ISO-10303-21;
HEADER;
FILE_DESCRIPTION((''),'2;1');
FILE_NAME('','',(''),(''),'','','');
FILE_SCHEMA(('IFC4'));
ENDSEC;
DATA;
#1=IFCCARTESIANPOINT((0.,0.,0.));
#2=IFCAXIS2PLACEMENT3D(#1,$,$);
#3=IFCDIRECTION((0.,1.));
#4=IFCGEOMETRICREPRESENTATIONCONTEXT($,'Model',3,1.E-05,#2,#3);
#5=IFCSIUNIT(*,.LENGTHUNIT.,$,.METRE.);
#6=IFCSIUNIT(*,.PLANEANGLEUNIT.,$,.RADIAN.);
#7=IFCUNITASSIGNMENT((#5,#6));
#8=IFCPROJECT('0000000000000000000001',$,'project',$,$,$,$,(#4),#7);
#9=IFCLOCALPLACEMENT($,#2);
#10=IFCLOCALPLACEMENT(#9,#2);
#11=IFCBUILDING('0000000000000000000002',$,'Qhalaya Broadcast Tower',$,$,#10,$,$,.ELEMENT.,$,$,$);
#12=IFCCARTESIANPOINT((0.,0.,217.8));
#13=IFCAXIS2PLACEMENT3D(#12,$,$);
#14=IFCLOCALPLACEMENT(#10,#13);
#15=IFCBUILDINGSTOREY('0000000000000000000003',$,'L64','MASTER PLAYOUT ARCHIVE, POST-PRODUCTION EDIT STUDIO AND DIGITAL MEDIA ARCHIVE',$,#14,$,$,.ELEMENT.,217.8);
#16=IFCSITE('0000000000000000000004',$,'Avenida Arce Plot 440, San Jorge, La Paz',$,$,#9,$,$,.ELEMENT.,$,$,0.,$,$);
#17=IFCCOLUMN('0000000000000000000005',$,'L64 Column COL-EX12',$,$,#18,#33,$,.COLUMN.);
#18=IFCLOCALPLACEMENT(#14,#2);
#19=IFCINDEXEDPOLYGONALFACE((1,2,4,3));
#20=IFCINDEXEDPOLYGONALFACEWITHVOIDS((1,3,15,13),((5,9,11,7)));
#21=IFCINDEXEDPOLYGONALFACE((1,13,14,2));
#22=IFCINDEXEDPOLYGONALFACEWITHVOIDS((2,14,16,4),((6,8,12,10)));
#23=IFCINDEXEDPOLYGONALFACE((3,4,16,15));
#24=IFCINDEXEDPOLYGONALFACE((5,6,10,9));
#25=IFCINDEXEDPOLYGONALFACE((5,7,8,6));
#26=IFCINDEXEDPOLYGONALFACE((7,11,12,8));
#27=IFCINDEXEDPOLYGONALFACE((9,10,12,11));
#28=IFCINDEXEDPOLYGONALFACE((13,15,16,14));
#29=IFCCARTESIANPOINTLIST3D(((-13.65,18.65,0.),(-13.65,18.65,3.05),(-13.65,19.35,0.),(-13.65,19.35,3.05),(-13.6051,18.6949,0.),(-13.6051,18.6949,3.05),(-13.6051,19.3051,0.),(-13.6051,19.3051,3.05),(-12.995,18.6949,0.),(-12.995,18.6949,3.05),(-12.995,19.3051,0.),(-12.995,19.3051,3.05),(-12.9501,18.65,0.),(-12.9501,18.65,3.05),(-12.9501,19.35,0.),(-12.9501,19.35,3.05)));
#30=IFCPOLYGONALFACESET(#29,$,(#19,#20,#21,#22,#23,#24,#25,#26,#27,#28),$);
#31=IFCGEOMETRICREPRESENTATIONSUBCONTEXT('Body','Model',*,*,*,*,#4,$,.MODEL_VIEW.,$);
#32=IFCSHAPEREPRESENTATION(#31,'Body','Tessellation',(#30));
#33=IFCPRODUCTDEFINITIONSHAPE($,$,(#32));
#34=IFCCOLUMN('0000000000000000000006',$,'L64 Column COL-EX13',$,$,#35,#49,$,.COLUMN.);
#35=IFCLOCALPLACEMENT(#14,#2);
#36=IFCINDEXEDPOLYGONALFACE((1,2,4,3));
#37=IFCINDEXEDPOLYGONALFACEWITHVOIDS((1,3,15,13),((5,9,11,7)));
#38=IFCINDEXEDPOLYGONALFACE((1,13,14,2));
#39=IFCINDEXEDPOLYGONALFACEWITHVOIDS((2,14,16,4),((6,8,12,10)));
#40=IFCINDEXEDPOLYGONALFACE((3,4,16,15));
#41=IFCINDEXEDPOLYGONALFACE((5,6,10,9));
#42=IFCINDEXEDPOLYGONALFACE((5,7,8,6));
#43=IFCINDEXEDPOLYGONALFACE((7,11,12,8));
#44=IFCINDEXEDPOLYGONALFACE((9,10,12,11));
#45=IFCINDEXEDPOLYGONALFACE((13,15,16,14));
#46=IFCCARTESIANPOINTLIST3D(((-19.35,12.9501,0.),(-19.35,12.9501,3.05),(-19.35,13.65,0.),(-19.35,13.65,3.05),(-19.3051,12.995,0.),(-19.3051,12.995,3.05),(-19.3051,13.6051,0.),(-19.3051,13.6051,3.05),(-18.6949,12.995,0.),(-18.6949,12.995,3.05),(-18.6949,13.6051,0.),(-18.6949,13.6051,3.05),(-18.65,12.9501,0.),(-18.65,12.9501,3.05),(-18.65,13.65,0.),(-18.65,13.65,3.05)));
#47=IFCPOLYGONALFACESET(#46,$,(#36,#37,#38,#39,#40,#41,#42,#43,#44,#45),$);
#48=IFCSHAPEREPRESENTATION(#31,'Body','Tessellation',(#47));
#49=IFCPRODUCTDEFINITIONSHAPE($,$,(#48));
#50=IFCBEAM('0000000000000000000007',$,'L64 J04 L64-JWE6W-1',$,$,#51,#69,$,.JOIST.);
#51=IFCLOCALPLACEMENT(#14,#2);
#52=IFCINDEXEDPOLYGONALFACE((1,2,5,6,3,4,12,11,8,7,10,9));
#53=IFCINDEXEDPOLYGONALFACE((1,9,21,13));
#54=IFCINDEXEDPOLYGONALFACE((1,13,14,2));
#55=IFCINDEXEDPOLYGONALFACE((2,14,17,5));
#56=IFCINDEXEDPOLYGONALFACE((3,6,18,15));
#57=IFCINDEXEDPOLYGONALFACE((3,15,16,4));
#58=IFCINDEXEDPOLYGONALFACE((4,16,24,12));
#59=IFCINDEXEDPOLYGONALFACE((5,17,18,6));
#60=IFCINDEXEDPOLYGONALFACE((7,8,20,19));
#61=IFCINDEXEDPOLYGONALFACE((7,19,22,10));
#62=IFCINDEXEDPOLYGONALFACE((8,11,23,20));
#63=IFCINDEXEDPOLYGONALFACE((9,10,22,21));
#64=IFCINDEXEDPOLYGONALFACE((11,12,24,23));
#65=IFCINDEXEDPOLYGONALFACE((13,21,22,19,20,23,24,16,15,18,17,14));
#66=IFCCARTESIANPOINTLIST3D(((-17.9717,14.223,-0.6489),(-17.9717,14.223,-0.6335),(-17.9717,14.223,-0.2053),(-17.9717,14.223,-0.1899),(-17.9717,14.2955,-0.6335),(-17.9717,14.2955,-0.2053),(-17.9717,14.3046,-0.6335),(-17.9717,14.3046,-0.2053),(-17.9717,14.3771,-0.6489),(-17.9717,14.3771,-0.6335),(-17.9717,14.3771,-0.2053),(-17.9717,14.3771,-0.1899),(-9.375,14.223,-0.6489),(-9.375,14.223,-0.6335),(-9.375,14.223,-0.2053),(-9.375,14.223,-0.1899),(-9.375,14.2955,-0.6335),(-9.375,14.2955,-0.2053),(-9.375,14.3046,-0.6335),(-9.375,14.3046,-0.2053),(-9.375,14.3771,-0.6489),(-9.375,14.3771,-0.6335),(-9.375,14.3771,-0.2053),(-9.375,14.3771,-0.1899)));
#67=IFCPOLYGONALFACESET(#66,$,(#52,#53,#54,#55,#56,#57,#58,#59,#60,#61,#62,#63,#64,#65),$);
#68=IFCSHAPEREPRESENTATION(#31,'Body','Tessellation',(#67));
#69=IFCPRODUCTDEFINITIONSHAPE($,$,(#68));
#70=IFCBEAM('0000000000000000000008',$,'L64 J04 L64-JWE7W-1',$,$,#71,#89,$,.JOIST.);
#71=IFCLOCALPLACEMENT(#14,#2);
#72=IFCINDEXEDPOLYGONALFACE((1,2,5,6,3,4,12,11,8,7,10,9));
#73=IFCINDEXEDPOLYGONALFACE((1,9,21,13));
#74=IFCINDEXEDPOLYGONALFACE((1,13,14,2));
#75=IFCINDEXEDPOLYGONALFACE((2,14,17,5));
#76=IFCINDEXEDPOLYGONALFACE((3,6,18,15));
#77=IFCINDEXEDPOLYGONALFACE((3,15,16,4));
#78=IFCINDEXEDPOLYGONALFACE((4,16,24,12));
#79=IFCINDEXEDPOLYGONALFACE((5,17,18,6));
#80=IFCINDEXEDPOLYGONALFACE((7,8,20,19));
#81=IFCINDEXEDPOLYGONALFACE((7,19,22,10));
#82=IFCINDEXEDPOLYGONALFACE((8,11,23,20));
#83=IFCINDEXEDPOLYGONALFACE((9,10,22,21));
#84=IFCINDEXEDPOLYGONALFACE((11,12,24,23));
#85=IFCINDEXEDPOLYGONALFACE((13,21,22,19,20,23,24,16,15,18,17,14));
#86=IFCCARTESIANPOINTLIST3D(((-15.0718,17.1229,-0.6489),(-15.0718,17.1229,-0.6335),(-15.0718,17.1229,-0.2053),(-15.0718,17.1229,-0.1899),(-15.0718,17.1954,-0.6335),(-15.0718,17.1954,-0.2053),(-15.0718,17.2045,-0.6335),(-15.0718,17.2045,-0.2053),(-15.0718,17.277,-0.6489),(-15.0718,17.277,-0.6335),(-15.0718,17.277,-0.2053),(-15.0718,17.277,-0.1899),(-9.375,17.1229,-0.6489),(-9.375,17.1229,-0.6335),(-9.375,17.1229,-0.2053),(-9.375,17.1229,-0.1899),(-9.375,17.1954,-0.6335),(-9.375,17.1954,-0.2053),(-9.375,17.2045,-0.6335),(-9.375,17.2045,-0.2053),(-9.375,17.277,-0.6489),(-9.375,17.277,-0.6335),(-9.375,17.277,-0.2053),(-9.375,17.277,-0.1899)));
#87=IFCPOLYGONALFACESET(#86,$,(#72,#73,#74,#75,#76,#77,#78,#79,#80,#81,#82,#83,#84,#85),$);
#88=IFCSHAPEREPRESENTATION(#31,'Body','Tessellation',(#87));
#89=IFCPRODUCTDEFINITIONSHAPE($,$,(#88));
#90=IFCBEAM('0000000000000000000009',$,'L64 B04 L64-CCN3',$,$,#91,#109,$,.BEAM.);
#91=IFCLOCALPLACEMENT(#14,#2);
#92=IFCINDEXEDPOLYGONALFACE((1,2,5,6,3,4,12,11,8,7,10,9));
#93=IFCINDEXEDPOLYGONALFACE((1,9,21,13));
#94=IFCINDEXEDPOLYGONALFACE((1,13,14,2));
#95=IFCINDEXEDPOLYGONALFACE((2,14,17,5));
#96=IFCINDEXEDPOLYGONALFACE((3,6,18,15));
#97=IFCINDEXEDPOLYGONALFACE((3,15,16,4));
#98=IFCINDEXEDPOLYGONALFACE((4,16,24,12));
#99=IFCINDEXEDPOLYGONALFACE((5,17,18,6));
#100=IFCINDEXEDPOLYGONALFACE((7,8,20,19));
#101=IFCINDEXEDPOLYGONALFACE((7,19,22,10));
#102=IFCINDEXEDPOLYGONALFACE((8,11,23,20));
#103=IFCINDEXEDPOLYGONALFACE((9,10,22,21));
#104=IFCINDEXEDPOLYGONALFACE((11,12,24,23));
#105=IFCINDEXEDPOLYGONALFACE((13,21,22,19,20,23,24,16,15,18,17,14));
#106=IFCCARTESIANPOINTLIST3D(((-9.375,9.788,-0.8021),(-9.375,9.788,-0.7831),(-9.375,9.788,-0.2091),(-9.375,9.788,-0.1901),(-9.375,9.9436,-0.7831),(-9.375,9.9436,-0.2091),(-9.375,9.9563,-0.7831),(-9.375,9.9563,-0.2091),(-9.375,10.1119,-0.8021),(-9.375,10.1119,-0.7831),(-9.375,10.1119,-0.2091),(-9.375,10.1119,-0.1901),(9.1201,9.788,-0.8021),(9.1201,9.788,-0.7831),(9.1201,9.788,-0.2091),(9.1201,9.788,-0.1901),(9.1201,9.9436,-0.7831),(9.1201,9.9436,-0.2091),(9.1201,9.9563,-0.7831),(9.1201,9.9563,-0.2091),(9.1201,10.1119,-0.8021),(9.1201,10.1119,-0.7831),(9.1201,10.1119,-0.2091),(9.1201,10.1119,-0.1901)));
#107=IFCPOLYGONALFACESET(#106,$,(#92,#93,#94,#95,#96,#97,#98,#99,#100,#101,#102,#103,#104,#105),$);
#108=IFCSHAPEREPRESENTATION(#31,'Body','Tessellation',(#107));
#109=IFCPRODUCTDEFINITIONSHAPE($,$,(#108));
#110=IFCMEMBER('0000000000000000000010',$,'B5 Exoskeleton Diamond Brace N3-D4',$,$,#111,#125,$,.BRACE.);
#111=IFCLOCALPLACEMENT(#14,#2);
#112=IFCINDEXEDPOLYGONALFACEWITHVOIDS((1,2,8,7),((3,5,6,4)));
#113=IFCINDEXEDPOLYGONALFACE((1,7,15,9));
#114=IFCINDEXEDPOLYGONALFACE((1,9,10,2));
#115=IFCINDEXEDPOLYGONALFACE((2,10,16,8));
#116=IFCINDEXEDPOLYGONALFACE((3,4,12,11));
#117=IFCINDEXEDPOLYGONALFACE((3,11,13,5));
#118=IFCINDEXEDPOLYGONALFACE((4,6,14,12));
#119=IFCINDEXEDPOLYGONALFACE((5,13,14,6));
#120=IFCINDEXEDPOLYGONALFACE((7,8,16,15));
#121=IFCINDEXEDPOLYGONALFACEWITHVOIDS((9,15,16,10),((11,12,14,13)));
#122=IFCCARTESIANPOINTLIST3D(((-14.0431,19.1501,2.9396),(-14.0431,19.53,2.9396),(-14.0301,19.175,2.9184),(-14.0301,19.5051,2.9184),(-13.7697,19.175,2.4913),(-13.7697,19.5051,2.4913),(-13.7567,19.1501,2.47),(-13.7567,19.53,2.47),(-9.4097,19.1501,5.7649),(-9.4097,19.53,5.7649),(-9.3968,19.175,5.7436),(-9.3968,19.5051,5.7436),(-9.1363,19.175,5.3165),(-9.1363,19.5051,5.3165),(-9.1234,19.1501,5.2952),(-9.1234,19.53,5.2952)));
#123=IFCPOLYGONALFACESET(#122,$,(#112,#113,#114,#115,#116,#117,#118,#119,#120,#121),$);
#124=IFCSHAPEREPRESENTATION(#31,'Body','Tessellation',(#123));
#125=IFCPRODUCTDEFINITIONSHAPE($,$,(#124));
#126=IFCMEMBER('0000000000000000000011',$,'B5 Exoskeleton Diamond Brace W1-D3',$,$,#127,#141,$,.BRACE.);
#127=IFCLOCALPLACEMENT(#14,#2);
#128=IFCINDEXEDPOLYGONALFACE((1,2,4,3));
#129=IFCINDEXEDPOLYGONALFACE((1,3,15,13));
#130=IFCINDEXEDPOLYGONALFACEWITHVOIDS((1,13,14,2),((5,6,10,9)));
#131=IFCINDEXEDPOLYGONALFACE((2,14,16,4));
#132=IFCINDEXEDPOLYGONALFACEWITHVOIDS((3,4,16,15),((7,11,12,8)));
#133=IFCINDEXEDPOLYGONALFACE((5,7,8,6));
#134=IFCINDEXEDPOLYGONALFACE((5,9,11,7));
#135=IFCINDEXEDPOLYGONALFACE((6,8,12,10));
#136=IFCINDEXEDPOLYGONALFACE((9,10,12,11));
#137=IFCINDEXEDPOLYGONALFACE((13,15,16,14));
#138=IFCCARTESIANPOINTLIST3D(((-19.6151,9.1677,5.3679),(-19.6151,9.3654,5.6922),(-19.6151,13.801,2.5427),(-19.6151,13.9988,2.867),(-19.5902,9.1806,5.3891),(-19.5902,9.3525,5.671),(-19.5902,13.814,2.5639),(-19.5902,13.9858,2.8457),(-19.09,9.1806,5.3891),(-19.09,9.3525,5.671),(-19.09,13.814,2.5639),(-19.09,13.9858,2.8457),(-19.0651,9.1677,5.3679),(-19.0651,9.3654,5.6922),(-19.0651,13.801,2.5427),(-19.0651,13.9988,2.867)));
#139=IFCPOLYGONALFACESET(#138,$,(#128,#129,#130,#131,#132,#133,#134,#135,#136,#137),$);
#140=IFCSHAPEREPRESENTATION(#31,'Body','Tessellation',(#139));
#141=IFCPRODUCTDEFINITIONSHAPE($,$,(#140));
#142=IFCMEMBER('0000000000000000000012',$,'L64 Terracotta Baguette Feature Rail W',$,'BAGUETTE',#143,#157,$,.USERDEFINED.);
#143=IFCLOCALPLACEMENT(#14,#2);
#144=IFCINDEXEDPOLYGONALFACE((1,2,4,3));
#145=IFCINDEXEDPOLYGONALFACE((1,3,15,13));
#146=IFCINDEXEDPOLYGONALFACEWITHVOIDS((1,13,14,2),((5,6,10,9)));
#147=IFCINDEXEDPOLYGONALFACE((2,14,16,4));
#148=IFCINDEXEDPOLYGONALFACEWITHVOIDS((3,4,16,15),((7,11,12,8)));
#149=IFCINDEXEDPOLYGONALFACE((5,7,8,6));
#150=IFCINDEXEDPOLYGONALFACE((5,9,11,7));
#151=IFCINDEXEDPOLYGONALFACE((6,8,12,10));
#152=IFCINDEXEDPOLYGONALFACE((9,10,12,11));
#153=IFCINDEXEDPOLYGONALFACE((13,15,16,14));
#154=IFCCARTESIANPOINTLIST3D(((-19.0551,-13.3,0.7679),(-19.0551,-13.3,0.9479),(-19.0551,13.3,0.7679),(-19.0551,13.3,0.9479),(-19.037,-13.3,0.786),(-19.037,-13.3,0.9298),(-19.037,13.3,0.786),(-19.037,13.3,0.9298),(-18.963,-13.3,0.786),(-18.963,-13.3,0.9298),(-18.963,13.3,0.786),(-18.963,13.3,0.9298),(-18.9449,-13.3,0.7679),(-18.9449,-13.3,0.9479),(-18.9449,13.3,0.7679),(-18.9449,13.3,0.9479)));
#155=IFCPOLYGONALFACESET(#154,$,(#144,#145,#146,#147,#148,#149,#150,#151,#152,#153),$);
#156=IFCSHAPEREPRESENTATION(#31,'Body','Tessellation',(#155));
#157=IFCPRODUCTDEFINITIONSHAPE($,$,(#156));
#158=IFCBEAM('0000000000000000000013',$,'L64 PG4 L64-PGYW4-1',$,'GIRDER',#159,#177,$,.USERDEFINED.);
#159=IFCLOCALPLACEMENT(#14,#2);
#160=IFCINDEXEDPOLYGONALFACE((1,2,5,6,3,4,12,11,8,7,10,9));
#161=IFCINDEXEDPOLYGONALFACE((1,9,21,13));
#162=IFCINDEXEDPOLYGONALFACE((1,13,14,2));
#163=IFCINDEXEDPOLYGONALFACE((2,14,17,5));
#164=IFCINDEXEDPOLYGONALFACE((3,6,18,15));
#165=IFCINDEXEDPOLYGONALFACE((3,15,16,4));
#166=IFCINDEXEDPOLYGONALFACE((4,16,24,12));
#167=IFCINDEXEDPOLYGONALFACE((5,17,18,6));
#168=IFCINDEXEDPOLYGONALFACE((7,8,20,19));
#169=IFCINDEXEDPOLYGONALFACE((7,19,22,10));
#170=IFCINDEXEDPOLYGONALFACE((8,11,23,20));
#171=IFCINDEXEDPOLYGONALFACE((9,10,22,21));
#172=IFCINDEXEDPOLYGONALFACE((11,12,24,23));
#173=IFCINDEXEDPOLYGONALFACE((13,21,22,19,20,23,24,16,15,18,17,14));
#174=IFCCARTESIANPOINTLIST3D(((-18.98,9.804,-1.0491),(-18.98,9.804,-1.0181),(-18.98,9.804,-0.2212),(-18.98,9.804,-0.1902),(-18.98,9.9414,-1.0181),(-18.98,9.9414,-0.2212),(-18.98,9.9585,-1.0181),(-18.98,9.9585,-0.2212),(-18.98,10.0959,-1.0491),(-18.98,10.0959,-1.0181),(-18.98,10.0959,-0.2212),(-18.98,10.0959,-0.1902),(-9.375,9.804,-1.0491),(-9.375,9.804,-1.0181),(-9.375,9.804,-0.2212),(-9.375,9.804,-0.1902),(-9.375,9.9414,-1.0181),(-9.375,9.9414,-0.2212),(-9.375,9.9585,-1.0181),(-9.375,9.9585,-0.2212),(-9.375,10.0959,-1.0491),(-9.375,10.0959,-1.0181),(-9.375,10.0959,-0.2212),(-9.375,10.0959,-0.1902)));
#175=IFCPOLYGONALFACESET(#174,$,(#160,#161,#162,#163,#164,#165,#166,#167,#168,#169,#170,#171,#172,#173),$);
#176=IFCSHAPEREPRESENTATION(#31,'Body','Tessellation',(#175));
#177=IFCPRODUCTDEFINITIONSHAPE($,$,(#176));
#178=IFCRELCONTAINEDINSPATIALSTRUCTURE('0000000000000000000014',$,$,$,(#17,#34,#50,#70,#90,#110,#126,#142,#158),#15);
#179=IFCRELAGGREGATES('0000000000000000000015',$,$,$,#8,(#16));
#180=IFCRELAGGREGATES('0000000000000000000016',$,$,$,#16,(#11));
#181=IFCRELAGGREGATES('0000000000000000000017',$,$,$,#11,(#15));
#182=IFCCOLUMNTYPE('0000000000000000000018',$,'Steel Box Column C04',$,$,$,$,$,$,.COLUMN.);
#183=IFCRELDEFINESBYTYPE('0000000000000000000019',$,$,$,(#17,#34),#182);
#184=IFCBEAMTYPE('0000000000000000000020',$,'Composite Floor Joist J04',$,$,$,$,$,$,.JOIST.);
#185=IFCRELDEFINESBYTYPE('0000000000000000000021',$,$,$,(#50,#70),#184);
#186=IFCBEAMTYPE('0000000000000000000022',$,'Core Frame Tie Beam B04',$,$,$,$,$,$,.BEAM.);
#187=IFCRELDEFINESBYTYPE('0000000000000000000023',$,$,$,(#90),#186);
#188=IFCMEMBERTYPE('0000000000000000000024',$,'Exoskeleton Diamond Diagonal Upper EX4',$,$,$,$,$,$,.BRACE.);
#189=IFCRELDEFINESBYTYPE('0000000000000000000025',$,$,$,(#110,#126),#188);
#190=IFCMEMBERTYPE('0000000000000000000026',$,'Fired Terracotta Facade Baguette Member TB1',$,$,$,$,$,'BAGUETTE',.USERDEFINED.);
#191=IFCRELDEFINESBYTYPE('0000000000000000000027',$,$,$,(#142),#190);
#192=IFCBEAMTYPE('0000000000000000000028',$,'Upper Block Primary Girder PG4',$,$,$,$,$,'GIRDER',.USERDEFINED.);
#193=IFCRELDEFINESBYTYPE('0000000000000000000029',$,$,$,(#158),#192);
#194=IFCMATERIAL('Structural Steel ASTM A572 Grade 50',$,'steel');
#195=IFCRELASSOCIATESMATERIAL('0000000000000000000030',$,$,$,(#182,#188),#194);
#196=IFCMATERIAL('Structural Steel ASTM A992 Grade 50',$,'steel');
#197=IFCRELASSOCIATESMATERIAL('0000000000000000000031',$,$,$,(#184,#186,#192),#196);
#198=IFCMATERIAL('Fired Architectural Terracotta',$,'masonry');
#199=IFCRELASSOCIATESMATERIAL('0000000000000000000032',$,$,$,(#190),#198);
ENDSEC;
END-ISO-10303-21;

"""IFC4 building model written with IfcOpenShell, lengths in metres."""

from ifc_helpers import new_model, si_unit, direction, frame, origin, origin_2d, place, context, subcontext, project, spatial, hollow_rectangle, i_section, extrude, material, material_profile, profile_set, type_object, element, save


model = new_model("IFC4")

# Units and contexts
model_context = context("Model", 3, precision=1e-05, world=origin(), true_north=direction((0.0, 1.0)))
body_context = subcontext(model_context, "Body", "Model", "MODEL_VIEW")
ifc_project = project(units=[si_unit("LENGTHUNIT", "METRE"), si_unit("PLANEANGLEUNIT", "RADIAN")], contexts=[model_context])

# Site, building, storey
site_placement = place(None, origin())
site = spatial("IfcSite", under=ifc_project, at=site_placement, Name="Avenida Arce Plot 440, San Jorge, La Paz", CompositionType="ELEMENT", RefElevation=0.0)
building_placement = place(site_placement, origin())
building = spatial("IfcBuilding", under=site, at=building_placement, Name="Qhalaya Broadcast Tower", CompositionType="ELEMENT")
storey_placement = place(building_placement, frame((0.0, 0.0, 217.8)))
storey = spatial("IfcBuildingStorey", under=building, at=storey_placement, Name="L64", Description="MASTER PLAYOUT ARCHIVE, POST-PRODUCTION EDIT STUDIO AND DIGITAL MEDIA ARCHIVE", CompositionType="ELEMENT", Elevation=217.8)

# Columns
ifc_material_1 = material(Name="Structural Steel ASTM A572 Grade 50", Category="steel")
ifc_material_profile_1 = material_profile(ifc_material_1, hollow_rectangle(XDim=0.7, YDim=0.7, WallThickness=0.0449, at=origin_2d()), Name="BOX 700x700x45")
ifc_profile_set_1 = profile_set([ifc_material_profile_1], Name="Structural Steel ASTM A572 Grade 50")
column_type = type_object("IfcColumnType", Name="Steel Box Column C04", PredefinedType="COLUMN", material=ifc_profile_set_1)
for number, where, z_axis, x_axis, name in (
    (1, (-13.3, 19.0, 0.0), (0.0, 0.0, 1.0), (1.0, 0.0, 0.0), "L64 Column COL-EX12"),
    (2, (-19.0, 13.3, 0.0), (0.0, 0.0, 1.0), (0.0, 1.0, 0.0), "L64 Column COL-EX13"),
):
    element("IfcColumn", number, at=place(storey_placement, frame(where, z_axis=z_axis, x_axis=x_axis)), inside=storey, type_object=column_type, Name=name, PredefinedType="COLUMN", context=body_context, shape_type="SweptSolid", body=[
        extrude(hollow_rectangle(XDim=0.7, YDim=0.7, WallThickness=0.0449, at=origin_2d()), origin(), (0.0, 0.0, 1.0), 3.05),
    ])

# Beams
ifc_material_2 = material(Name="Structural Steel ASTM A992 Grade 50", Category="steel")
ifc_material_profile_2 = material_profile(ifc_material_2, i_section(OverallWidth=0.1541, OverallDepth=0.459, WebThickness=0.009, FlangeThickness=0.0154, at=origin_2d()), Name="W18X46")
ifc_profile_set_2 = profile_set([ifc_material_profile_2], Name="Structural Steel ASTM A992 Grade 50")
beam_type_1 = type_object("IfcBeamType", Name="Composite Floor Joist J04", PredefinedType="JOIST", material=ifc_profile_set_2)
beam_1_placement = place(storey_placement, frame((-17.9717, 14.3, -0.4194), z_axis=(1.0, 0.0, 0.0), x_axis=(0.0, 1.0, 0.0)))
element("IfcBeam", 3, at=beam_1_placement, inside=storey, type_object=beam_type_1, Name="L64 J04 L64-JWE6W-1", PredefinedType="JOIST", context=body_context, shape_type="SweptSolid", body=[
    extrude(i_section(OverallWidth=0.1541, OverallDepth=0.459, WebThickness=0.009, FlangeThickness=0.0154, at=origin_2d()), origin(), (0.0, 0.0, 1.0), 8.5967),
])
beam_2_placement = place(storey_placement, frame((-15.0718, 17.2, -0.4194), z_axis=(1.0, 0.0, 0.0), x_axis=(0.0, 1.0, 0.0)))
element("IfcBeam", 4, at=beam_2_placement, inside=storey, type_object=beam_type_1, Name="L64 J04 L64-JWE7W-1", PredefinedType="JOIST", context=body_context, shape_type="SweptSolid", body=[
    extrude(i_section(OverallWidth=0.1541, OverallDepth=0.459, WebThickness=0.009, FlangeThickness=0.0154, at=origin_2d()), origin(), (0.0, 0.0, 1.0), 5.6968),
])
ifc_material_profile_3 = material_profile(ifc_material_2, i_section(OverallWidth=0.324, OverallDepth=0.6121, WebThickness=0.0127, FlangeThickness=0.019, at=origin_2d()), Name="W24X104")
ifc_profile_set_3 = profile_set([ifc_material_profile_3], Name="Structural Steel ASTM A992 Grade 50")
beam_type_2 = type_object("IfcBeamType", Name="Core Frame Tie Beam B04", PredefinedType="BEAM", material=ifc_profile_set_3)
beam_3_placement = place(storey_placement, frame((-9.375, 9.95, -0.4961), z_axis=(1.0, 0.0, 0.0), x_axis=(0.0, 1.0, 0.0)))
element("IfcBeam", 5, at=beam_3_placement, inside=storey, type_object=beam_type_2, Name="L64 B04 L64-CCN3", PredefinedType="BEAM", context=body_context, shape_type="SweptSolid", body=[
    extrude(i_section(OverallWidth=0.324, OverallDepth=0.6121, WebThickness=0.0127, FlangeThickness=0.019, at=origin_2d()), origin(), (0.0, 0.0, 1.0), 18.4951),
])

# Members
ifc_material_profile_4 = material_profile(ifc_material_1, hollow_rectangle(XDim=0.3799, YDim=0.55, WallThickness=0.0249, at=origin_2d()), Name="BOX 380x550x25")
ifc_profile_set_4 = profile_set([ifc_material_profile_4], Name="Structural Steel ASTM A572 Grade 50")
member_type_1 = type_object("IfcMemberType", Name="Exoskeleton Diamond Diagonal Upper EX4", PredefinedType="BRACE", material=ifc_profile_set_4)
for number, where, z_axis, x_axis, name in (
    (6, (-13.8999, 19.3401, 2.7048), (0.853795, 0.0, 0.520609), (0.0, 1.0, 0.0), "B5 Exoskeleton Diamond Brace N3-D4"),
    (7, (-19.3401, 13.8999, 2.7048), (0.0, -0.853795, 0.520609), (0.0, 0.520609, 0.853795), "B5 Exoskeleton Diamond Brace W1-D3"),
):
    element("IfcMember", number, at=place(storey_placement, frame(where, z_axis=z_axis, x_axis=x_axis)), inside=storey, type_object=member_type_1, Name=name, PredefinedType="BRACE", context=body_context, shape_type="SweptSolid", body=[
        extrude(hollow_rectangle(XDim=0.3799, YDim=0.55, WallThickness=0.0249, at=origin_2d()), origin(), (0.0, 0.0, 1.0), 5.4268),
    ])
ifc_material_3 = material(Name="Fired Architectural Terracotta", Category="masonry")
ifc_material_profile_5 = material_profile(ifc_material_3, hollow_rectangle(XDim=0.1101, YDim=0.1799, WallThickness=0.0181, at=origin_2d()), Name="TB-BAG 110x180x18")
ifc_profile_set_5 = profile_set([ifc_material_profile_5], Name="Fired Architectural Terracotta")
member_type_2 = type_object("IfcMemberType", Name="Fired Terracotta Facade Baguette Member TB1", ElementType="BAGUETTE", PredefinedType="USERDEFINED", material=ifc_profile_set_5)
member_placement = place(storey_placement, frame((-19.0, 13.3, 0.8579), z_axis=(0.0, -1.0, 0.0), x_axis=(1.0, 0.0, 0.0)))
element("IfcMember", 8, at=member_placement, inside=storey, type_object=member_type_2, Name="L64 Terracotta Baguette Feature Rail W", ObjectType="BAGUETTE", PredefinedType="USERDEFINED", context=body_context, shape_type="SweptSolid", body=[
    extrude(hollow_rectangle(XDim=0.1101, YDim=0.1799, WallThickness=0.0181, at=origin_2d()), origin(), (0.0, 0.0, 1.0), 26.6001),
])

# Beam
ifc_material_profile_6 = material_profile(ifc_material_2, i_section(OverallWidth=0.292, OverallDepth=0.8589, WebThickness=0.0171, FlangeThickness=0.031, at=origin_2d()), Name="W33X169")
ifc_profile_set_6 = profile_set([ifc_material_profile_6], Name="Structural Steel ASTM A992 Grade 50")
beam_type_3 = type_object("IfcBeamType", Name="Upper Block Primary Girder PG4", ElementType="GIRDER", PredefinedType="USERDEFINED", material=ifc_profile_set_6)
beam_4_placement = place(storey_placement, frame((-18.98, 9.95, -0.6196), z_axis=(1.0, 0.0, 0.0), x_axis=(0.0, 1.0, 0.0)))
element("IfcBeam", 9, at=beam_4_placement, inside=storey, type_object=beam_type_3, Name="L64 PG4 L64-PGYW4-1", ObjectType="GIRDER", PredefinedType="USERDEFINED", context=body_context, shape_type="SweptSolid", body=[
    extrude(i_section(OverallWidth=0.292, OverallDepth=0.8589, WebThickness=0.0171, FlangeThickness=0.031, at=origin_2d()), origin(), (0.0, 0.0, 1.0), 9.605),
])

save(model, "model.ifc")
